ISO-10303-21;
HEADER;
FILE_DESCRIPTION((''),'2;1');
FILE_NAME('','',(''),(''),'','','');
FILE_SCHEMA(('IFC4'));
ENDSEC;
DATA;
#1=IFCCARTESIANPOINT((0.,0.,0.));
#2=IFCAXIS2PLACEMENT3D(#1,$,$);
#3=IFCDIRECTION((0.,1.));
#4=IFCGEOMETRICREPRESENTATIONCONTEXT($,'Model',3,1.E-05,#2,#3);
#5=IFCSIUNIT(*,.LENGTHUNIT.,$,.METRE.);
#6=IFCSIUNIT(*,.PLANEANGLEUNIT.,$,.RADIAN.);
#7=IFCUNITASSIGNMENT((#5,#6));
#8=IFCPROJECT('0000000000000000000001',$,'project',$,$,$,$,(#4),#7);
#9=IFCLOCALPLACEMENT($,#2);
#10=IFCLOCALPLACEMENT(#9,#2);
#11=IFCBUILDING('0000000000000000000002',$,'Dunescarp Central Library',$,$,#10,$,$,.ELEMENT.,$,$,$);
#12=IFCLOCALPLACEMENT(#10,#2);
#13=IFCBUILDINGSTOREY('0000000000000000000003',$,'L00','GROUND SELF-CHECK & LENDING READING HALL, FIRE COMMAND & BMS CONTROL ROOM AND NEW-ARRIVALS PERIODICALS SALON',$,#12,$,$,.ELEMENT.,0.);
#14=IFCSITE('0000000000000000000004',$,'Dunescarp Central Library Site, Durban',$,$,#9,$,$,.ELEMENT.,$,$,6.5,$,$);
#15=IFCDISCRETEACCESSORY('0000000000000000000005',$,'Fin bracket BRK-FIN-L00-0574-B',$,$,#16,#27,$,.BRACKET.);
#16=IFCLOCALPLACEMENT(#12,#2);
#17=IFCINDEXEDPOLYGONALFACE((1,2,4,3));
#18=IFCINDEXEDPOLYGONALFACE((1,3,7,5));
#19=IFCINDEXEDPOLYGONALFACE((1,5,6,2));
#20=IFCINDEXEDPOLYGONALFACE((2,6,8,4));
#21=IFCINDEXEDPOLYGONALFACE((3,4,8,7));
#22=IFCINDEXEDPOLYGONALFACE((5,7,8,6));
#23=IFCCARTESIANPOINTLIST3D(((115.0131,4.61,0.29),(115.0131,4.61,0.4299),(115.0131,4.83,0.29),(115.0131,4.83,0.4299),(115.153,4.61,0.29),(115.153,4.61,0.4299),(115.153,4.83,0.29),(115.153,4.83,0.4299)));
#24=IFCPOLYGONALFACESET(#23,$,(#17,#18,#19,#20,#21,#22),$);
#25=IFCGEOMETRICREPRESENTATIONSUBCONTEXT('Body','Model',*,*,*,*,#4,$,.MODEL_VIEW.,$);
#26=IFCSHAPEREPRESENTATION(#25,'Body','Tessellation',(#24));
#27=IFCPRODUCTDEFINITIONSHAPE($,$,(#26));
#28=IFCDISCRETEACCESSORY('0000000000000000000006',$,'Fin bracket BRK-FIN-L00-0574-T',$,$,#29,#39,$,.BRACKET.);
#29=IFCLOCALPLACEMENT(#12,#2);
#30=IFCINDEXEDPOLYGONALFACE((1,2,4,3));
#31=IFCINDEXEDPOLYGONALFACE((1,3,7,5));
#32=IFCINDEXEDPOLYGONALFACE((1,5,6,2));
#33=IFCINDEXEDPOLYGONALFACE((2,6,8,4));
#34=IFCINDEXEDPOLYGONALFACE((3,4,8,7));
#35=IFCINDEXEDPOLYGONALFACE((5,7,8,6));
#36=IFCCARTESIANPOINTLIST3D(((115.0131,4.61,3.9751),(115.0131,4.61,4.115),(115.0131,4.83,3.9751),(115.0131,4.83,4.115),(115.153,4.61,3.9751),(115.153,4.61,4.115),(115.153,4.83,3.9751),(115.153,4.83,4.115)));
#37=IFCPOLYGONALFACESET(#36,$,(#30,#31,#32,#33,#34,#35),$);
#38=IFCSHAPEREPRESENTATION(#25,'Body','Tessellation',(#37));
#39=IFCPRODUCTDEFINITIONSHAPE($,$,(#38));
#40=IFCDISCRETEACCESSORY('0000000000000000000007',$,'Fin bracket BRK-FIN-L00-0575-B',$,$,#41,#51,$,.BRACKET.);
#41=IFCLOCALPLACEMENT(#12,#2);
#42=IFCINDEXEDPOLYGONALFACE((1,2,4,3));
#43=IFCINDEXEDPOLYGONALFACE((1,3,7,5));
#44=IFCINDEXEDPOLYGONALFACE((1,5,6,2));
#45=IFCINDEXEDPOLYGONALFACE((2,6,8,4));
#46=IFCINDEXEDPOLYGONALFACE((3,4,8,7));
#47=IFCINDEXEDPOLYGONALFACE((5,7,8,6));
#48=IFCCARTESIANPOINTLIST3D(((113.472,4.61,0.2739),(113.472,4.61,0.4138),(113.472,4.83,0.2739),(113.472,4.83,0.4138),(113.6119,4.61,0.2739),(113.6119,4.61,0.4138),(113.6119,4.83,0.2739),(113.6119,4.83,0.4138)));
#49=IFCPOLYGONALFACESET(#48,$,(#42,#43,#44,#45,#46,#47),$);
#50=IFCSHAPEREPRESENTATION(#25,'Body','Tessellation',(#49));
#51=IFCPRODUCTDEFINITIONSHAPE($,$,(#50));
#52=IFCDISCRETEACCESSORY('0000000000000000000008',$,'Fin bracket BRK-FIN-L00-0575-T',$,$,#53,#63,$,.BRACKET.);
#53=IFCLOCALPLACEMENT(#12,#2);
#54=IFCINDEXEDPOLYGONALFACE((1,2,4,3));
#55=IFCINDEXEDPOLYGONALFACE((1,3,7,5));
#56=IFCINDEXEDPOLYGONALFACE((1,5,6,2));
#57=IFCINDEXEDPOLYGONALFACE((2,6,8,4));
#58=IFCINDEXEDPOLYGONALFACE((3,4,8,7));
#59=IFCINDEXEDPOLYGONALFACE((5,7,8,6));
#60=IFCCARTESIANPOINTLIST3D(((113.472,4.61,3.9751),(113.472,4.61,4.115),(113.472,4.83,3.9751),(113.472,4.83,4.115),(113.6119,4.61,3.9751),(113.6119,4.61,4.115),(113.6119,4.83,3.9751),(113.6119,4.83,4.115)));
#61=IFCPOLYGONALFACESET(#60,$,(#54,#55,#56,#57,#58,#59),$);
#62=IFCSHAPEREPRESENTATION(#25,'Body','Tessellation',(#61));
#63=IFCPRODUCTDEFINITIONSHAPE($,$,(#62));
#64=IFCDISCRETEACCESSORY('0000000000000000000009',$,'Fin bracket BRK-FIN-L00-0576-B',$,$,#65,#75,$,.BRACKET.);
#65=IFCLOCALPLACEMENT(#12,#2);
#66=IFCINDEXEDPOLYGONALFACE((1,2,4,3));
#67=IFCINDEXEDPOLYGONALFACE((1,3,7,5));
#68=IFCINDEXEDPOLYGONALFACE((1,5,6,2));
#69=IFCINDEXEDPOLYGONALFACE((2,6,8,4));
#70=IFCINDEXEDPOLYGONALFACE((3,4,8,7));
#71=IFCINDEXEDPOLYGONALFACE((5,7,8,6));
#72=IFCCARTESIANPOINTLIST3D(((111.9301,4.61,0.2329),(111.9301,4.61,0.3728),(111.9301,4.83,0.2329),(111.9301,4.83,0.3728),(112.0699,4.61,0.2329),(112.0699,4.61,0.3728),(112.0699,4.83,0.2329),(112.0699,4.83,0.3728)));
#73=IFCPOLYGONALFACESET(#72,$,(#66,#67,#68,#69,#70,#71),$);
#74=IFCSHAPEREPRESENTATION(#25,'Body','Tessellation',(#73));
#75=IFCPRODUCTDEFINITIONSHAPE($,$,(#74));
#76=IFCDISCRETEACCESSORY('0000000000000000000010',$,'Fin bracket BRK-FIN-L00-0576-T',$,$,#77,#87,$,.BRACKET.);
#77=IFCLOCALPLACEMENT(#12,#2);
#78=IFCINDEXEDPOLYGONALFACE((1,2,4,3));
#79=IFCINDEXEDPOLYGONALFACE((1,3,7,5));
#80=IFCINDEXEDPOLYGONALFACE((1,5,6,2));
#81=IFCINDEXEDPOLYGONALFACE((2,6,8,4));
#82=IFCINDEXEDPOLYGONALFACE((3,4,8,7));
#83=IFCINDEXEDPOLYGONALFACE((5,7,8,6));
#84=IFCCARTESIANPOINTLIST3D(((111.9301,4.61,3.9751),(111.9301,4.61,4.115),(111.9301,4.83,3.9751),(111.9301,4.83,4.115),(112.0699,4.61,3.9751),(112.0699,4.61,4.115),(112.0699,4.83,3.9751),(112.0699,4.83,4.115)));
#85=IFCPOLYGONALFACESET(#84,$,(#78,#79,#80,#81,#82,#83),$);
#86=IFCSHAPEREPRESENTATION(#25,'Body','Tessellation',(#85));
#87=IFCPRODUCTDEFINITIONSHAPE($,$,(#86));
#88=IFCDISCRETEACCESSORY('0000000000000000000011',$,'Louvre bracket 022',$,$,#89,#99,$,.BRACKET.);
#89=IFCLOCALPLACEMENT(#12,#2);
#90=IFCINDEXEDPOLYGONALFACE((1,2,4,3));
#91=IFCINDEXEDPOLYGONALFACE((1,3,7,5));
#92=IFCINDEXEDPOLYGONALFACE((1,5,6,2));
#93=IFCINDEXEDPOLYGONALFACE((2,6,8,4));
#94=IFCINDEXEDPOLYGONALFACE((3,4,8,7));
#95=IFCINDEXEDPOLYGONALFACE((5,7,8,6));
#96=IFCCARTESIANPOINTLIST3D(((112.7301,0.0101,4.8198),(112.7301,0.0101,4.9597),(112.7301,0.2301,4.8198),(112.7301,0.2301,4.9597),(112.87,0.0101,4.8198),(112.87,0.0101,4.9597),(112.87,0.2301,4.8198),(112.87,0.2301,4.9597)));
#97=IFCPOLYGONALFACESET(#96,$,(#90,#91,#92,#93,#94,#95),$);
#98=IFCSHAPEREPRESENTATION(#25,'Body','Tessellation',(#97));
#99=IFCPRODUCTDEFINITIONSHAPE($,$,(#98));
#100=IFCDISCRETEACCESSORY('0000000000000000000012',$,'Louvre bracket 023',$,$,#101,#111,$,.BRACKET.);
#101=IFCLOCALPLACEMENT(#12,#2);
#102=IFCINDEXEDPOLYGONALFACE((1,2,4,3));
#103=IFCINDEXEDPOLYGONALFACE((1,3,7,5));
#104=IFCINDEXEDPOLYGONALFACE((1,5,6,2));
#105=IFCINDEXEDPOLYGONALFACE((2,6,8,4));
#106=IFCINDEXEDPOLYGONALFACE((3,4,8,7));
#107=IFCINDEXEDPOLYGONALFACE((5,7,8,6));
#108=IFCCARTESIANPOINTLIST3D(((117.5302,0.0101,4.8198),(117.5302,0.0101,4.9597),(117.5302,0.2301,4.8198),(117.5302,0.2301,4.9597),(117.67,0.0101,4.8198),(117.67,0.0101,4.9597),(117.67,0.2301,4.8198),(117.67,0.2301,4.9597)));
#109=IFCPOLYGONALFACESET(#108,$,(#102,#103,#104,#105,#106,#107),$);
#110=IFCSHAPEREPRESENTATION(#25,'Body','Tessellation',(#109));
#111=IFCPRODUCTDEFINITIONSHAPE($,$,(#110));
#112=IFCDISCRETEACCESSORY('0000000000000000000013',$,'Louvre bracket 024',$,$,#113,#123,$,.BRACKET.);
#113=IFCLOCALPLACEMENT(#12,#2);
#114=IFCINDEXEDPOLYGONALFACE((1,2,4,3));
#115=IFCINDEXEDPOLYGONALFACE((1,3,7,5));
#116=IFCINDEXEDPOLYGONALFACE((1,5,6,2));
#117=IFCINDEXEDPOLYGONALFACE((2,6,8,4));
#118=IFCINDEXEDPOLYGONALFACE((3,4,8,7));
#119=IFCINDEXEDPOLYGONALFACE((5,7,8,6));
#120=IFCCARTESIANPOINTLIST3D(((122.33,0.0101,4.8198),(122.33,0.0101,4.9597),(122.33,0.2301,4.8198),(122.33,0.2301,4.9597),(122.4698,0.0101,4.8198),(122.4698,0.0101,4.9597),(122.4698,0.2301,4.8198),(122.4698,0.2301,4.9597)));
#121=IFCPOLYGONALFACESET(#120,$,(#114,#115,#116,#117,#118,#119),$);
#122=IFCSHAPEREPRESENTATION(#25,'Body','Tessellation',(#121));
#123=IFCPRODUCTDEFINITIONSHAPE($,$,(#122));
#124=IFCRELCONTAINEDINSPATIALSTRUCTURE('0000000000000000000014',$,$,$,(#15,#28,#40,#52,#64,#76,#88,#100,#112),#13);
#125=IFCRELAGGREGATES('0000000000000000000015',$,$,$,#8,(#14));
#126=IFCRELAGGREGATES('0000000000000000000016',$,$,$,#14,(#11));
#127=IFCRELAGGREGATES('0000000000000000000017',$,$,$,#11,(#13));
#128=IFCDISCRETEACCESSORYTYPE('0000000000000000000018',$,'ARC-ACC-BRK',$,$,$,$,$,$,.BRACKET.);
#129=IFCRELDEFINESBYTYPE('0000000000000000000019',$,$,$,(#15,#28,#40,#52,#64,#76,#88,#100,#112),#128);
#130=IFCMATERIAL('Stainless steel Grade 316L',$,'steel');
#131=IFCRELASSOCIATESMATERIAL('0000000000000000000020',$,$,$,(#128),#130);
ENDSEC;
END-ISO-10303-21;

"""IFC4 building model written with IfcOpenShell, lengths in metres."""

from ifc_helpers import new_model, si_unit, direction, frame, origin, origin_2d, place, context, subcontext, project, spatial, rectangle, extrude, material, type_object, element, save


model = new_model("IFC4")

# Units and contexts
model_context = context("Model", 3, precision=1e-05, world=origin(), true_north=direction((0.0, 1.0)))
body_context = subcontext(model_context, "Body", "Model", "MODEL_VIEW")
ifc_project = project(units=[si_unit("LENGTHUNIT", "METRE"), si_unit("PLANEANGLEUNIT", "RADIAN")], contexts=[model_context])

# Site, building, storey
site_placement = place(None, origin())
site = spatial("IfcSite", under=ifc_project, at=site_placement, Name="Dunescarp Central Library Site, Durban", CompositionType="ELEMENT", RefElevation=6.5)
building_placement = place(site_placement, origin())
building = spatial("IfcBuilding", under=site, at=building_placement, Name="Dunescarp Central Library", CompositionType="ELEMENT")
storey_placement = place(building_placement, origin())
storey = spatial("IfcBuildingStorey", under=building, at=storey_placement, Name="L00", Description="GROUND SELF-CHECK & LENDING READING HALL, FIRE COMMAND & BMS CONTROL ROOM AND NEW-ARRIVALS PERIODICALS SALON", CompositionType="ELEMENT", Elevation=0.0)

# Discrete accessories
ifc_material_1 = material(Name="Stainless steel Grade 316L", Category="steel")
discrete_accessory_type = type_object("IfcDiscreteAccessoryType", Name="ARC-ACC-BRK", PredefinedType="BRACKET", material=ifc_material_1)
for number, where, z_axis, x_axis, name in (
    (1, (115.083, 4.72, 0.29), (0.0, 0.0, 1.0), (0.0, -1.0, 0.0), "Fin bracket BRK-FIN-L00-0574-B"),
    (2, (115.083, 4.72, 3.9751), (0.0, 0.0, 1.0), (0.0, -1.0, 0.0), "Fin bracket BRK-FIN-L00-0574-T"),
    (3, (113.542, 4.72, 0.2739), (0.0, 0.0, 1.0), (0.0, -1.0, 0.0), "Fin bracket BRK-FIN-L00-0575-B"),
    (4, (113.542, 4.72, 3.9751), (0.0, 0.0, 1.0), (0.0, -1.0, 0.0), "Fin bracket BRK-FIN-L00-0575-T"),
    (5, (112.0, 4.72, 0.2329), (0.0, 0.0, 1.0), (0.0, -1.0, 0.0), "Fin bracket BRK-FIN-L00-0576-B"),
    (6, (112.0, 4.72, 3.9751), (0.0, 0.0, 1.0), (0.0, -1.0, 0.0), "Fin bracket BRK-FIN-L00-0576-T"),
):
    element("IfcDiscreteAccessory", number, at=place(storey_placement, frame(where, z_axis=z_axis, x_axis=x_axis)), inside=storey, type_object=discrete_accessory_type, Name=name, PredefinedType="BRACKET", context=body_context, shape_type="SweptSolid", body=[
        extrude(rectangle(XDim=0.22, YDim=0.1399, at=origin_2d()), origin(), (0.0, 0.0, 1.0), 0.1399),
    ])
for number, where, z_axis, x_axis, name in (
    (7, (112.8, 0.1201, 4.8198), (0.0, 0.0, 1.0), (1.0, 0.0, 0.0), "Louvre bracket 022"),
    (8, (117.6001, 0.1201, 4.8198), (0.0, 0.0, 1.0), (1.0, 0.0, 0.0), "Louvre bracket 023"),
    (9, (122.3999, 0.1201, 4.8198), (0.0, 0.0, 1.0), (1.0, 0.0, 0.0), "Louvre bracket 024"),
):
    element("IfcDiscreteAccessory", number, at=place(storey_placement, frame(where, z_axis=z_axis, x_axis=x_axis)), inside=storey, type_object=discrete_accessory_type, Name=name, PredefinedType="BRACKET", context=body_context, shape_type="SweptSolid", body=[
        extrude(rectangle(XDim=0.1399, YDim=0.22, at=origin_2d()), origin(), (0.0, 0.0, 1.0), 0.1399),
    ])

save(model, "model.ifc")
